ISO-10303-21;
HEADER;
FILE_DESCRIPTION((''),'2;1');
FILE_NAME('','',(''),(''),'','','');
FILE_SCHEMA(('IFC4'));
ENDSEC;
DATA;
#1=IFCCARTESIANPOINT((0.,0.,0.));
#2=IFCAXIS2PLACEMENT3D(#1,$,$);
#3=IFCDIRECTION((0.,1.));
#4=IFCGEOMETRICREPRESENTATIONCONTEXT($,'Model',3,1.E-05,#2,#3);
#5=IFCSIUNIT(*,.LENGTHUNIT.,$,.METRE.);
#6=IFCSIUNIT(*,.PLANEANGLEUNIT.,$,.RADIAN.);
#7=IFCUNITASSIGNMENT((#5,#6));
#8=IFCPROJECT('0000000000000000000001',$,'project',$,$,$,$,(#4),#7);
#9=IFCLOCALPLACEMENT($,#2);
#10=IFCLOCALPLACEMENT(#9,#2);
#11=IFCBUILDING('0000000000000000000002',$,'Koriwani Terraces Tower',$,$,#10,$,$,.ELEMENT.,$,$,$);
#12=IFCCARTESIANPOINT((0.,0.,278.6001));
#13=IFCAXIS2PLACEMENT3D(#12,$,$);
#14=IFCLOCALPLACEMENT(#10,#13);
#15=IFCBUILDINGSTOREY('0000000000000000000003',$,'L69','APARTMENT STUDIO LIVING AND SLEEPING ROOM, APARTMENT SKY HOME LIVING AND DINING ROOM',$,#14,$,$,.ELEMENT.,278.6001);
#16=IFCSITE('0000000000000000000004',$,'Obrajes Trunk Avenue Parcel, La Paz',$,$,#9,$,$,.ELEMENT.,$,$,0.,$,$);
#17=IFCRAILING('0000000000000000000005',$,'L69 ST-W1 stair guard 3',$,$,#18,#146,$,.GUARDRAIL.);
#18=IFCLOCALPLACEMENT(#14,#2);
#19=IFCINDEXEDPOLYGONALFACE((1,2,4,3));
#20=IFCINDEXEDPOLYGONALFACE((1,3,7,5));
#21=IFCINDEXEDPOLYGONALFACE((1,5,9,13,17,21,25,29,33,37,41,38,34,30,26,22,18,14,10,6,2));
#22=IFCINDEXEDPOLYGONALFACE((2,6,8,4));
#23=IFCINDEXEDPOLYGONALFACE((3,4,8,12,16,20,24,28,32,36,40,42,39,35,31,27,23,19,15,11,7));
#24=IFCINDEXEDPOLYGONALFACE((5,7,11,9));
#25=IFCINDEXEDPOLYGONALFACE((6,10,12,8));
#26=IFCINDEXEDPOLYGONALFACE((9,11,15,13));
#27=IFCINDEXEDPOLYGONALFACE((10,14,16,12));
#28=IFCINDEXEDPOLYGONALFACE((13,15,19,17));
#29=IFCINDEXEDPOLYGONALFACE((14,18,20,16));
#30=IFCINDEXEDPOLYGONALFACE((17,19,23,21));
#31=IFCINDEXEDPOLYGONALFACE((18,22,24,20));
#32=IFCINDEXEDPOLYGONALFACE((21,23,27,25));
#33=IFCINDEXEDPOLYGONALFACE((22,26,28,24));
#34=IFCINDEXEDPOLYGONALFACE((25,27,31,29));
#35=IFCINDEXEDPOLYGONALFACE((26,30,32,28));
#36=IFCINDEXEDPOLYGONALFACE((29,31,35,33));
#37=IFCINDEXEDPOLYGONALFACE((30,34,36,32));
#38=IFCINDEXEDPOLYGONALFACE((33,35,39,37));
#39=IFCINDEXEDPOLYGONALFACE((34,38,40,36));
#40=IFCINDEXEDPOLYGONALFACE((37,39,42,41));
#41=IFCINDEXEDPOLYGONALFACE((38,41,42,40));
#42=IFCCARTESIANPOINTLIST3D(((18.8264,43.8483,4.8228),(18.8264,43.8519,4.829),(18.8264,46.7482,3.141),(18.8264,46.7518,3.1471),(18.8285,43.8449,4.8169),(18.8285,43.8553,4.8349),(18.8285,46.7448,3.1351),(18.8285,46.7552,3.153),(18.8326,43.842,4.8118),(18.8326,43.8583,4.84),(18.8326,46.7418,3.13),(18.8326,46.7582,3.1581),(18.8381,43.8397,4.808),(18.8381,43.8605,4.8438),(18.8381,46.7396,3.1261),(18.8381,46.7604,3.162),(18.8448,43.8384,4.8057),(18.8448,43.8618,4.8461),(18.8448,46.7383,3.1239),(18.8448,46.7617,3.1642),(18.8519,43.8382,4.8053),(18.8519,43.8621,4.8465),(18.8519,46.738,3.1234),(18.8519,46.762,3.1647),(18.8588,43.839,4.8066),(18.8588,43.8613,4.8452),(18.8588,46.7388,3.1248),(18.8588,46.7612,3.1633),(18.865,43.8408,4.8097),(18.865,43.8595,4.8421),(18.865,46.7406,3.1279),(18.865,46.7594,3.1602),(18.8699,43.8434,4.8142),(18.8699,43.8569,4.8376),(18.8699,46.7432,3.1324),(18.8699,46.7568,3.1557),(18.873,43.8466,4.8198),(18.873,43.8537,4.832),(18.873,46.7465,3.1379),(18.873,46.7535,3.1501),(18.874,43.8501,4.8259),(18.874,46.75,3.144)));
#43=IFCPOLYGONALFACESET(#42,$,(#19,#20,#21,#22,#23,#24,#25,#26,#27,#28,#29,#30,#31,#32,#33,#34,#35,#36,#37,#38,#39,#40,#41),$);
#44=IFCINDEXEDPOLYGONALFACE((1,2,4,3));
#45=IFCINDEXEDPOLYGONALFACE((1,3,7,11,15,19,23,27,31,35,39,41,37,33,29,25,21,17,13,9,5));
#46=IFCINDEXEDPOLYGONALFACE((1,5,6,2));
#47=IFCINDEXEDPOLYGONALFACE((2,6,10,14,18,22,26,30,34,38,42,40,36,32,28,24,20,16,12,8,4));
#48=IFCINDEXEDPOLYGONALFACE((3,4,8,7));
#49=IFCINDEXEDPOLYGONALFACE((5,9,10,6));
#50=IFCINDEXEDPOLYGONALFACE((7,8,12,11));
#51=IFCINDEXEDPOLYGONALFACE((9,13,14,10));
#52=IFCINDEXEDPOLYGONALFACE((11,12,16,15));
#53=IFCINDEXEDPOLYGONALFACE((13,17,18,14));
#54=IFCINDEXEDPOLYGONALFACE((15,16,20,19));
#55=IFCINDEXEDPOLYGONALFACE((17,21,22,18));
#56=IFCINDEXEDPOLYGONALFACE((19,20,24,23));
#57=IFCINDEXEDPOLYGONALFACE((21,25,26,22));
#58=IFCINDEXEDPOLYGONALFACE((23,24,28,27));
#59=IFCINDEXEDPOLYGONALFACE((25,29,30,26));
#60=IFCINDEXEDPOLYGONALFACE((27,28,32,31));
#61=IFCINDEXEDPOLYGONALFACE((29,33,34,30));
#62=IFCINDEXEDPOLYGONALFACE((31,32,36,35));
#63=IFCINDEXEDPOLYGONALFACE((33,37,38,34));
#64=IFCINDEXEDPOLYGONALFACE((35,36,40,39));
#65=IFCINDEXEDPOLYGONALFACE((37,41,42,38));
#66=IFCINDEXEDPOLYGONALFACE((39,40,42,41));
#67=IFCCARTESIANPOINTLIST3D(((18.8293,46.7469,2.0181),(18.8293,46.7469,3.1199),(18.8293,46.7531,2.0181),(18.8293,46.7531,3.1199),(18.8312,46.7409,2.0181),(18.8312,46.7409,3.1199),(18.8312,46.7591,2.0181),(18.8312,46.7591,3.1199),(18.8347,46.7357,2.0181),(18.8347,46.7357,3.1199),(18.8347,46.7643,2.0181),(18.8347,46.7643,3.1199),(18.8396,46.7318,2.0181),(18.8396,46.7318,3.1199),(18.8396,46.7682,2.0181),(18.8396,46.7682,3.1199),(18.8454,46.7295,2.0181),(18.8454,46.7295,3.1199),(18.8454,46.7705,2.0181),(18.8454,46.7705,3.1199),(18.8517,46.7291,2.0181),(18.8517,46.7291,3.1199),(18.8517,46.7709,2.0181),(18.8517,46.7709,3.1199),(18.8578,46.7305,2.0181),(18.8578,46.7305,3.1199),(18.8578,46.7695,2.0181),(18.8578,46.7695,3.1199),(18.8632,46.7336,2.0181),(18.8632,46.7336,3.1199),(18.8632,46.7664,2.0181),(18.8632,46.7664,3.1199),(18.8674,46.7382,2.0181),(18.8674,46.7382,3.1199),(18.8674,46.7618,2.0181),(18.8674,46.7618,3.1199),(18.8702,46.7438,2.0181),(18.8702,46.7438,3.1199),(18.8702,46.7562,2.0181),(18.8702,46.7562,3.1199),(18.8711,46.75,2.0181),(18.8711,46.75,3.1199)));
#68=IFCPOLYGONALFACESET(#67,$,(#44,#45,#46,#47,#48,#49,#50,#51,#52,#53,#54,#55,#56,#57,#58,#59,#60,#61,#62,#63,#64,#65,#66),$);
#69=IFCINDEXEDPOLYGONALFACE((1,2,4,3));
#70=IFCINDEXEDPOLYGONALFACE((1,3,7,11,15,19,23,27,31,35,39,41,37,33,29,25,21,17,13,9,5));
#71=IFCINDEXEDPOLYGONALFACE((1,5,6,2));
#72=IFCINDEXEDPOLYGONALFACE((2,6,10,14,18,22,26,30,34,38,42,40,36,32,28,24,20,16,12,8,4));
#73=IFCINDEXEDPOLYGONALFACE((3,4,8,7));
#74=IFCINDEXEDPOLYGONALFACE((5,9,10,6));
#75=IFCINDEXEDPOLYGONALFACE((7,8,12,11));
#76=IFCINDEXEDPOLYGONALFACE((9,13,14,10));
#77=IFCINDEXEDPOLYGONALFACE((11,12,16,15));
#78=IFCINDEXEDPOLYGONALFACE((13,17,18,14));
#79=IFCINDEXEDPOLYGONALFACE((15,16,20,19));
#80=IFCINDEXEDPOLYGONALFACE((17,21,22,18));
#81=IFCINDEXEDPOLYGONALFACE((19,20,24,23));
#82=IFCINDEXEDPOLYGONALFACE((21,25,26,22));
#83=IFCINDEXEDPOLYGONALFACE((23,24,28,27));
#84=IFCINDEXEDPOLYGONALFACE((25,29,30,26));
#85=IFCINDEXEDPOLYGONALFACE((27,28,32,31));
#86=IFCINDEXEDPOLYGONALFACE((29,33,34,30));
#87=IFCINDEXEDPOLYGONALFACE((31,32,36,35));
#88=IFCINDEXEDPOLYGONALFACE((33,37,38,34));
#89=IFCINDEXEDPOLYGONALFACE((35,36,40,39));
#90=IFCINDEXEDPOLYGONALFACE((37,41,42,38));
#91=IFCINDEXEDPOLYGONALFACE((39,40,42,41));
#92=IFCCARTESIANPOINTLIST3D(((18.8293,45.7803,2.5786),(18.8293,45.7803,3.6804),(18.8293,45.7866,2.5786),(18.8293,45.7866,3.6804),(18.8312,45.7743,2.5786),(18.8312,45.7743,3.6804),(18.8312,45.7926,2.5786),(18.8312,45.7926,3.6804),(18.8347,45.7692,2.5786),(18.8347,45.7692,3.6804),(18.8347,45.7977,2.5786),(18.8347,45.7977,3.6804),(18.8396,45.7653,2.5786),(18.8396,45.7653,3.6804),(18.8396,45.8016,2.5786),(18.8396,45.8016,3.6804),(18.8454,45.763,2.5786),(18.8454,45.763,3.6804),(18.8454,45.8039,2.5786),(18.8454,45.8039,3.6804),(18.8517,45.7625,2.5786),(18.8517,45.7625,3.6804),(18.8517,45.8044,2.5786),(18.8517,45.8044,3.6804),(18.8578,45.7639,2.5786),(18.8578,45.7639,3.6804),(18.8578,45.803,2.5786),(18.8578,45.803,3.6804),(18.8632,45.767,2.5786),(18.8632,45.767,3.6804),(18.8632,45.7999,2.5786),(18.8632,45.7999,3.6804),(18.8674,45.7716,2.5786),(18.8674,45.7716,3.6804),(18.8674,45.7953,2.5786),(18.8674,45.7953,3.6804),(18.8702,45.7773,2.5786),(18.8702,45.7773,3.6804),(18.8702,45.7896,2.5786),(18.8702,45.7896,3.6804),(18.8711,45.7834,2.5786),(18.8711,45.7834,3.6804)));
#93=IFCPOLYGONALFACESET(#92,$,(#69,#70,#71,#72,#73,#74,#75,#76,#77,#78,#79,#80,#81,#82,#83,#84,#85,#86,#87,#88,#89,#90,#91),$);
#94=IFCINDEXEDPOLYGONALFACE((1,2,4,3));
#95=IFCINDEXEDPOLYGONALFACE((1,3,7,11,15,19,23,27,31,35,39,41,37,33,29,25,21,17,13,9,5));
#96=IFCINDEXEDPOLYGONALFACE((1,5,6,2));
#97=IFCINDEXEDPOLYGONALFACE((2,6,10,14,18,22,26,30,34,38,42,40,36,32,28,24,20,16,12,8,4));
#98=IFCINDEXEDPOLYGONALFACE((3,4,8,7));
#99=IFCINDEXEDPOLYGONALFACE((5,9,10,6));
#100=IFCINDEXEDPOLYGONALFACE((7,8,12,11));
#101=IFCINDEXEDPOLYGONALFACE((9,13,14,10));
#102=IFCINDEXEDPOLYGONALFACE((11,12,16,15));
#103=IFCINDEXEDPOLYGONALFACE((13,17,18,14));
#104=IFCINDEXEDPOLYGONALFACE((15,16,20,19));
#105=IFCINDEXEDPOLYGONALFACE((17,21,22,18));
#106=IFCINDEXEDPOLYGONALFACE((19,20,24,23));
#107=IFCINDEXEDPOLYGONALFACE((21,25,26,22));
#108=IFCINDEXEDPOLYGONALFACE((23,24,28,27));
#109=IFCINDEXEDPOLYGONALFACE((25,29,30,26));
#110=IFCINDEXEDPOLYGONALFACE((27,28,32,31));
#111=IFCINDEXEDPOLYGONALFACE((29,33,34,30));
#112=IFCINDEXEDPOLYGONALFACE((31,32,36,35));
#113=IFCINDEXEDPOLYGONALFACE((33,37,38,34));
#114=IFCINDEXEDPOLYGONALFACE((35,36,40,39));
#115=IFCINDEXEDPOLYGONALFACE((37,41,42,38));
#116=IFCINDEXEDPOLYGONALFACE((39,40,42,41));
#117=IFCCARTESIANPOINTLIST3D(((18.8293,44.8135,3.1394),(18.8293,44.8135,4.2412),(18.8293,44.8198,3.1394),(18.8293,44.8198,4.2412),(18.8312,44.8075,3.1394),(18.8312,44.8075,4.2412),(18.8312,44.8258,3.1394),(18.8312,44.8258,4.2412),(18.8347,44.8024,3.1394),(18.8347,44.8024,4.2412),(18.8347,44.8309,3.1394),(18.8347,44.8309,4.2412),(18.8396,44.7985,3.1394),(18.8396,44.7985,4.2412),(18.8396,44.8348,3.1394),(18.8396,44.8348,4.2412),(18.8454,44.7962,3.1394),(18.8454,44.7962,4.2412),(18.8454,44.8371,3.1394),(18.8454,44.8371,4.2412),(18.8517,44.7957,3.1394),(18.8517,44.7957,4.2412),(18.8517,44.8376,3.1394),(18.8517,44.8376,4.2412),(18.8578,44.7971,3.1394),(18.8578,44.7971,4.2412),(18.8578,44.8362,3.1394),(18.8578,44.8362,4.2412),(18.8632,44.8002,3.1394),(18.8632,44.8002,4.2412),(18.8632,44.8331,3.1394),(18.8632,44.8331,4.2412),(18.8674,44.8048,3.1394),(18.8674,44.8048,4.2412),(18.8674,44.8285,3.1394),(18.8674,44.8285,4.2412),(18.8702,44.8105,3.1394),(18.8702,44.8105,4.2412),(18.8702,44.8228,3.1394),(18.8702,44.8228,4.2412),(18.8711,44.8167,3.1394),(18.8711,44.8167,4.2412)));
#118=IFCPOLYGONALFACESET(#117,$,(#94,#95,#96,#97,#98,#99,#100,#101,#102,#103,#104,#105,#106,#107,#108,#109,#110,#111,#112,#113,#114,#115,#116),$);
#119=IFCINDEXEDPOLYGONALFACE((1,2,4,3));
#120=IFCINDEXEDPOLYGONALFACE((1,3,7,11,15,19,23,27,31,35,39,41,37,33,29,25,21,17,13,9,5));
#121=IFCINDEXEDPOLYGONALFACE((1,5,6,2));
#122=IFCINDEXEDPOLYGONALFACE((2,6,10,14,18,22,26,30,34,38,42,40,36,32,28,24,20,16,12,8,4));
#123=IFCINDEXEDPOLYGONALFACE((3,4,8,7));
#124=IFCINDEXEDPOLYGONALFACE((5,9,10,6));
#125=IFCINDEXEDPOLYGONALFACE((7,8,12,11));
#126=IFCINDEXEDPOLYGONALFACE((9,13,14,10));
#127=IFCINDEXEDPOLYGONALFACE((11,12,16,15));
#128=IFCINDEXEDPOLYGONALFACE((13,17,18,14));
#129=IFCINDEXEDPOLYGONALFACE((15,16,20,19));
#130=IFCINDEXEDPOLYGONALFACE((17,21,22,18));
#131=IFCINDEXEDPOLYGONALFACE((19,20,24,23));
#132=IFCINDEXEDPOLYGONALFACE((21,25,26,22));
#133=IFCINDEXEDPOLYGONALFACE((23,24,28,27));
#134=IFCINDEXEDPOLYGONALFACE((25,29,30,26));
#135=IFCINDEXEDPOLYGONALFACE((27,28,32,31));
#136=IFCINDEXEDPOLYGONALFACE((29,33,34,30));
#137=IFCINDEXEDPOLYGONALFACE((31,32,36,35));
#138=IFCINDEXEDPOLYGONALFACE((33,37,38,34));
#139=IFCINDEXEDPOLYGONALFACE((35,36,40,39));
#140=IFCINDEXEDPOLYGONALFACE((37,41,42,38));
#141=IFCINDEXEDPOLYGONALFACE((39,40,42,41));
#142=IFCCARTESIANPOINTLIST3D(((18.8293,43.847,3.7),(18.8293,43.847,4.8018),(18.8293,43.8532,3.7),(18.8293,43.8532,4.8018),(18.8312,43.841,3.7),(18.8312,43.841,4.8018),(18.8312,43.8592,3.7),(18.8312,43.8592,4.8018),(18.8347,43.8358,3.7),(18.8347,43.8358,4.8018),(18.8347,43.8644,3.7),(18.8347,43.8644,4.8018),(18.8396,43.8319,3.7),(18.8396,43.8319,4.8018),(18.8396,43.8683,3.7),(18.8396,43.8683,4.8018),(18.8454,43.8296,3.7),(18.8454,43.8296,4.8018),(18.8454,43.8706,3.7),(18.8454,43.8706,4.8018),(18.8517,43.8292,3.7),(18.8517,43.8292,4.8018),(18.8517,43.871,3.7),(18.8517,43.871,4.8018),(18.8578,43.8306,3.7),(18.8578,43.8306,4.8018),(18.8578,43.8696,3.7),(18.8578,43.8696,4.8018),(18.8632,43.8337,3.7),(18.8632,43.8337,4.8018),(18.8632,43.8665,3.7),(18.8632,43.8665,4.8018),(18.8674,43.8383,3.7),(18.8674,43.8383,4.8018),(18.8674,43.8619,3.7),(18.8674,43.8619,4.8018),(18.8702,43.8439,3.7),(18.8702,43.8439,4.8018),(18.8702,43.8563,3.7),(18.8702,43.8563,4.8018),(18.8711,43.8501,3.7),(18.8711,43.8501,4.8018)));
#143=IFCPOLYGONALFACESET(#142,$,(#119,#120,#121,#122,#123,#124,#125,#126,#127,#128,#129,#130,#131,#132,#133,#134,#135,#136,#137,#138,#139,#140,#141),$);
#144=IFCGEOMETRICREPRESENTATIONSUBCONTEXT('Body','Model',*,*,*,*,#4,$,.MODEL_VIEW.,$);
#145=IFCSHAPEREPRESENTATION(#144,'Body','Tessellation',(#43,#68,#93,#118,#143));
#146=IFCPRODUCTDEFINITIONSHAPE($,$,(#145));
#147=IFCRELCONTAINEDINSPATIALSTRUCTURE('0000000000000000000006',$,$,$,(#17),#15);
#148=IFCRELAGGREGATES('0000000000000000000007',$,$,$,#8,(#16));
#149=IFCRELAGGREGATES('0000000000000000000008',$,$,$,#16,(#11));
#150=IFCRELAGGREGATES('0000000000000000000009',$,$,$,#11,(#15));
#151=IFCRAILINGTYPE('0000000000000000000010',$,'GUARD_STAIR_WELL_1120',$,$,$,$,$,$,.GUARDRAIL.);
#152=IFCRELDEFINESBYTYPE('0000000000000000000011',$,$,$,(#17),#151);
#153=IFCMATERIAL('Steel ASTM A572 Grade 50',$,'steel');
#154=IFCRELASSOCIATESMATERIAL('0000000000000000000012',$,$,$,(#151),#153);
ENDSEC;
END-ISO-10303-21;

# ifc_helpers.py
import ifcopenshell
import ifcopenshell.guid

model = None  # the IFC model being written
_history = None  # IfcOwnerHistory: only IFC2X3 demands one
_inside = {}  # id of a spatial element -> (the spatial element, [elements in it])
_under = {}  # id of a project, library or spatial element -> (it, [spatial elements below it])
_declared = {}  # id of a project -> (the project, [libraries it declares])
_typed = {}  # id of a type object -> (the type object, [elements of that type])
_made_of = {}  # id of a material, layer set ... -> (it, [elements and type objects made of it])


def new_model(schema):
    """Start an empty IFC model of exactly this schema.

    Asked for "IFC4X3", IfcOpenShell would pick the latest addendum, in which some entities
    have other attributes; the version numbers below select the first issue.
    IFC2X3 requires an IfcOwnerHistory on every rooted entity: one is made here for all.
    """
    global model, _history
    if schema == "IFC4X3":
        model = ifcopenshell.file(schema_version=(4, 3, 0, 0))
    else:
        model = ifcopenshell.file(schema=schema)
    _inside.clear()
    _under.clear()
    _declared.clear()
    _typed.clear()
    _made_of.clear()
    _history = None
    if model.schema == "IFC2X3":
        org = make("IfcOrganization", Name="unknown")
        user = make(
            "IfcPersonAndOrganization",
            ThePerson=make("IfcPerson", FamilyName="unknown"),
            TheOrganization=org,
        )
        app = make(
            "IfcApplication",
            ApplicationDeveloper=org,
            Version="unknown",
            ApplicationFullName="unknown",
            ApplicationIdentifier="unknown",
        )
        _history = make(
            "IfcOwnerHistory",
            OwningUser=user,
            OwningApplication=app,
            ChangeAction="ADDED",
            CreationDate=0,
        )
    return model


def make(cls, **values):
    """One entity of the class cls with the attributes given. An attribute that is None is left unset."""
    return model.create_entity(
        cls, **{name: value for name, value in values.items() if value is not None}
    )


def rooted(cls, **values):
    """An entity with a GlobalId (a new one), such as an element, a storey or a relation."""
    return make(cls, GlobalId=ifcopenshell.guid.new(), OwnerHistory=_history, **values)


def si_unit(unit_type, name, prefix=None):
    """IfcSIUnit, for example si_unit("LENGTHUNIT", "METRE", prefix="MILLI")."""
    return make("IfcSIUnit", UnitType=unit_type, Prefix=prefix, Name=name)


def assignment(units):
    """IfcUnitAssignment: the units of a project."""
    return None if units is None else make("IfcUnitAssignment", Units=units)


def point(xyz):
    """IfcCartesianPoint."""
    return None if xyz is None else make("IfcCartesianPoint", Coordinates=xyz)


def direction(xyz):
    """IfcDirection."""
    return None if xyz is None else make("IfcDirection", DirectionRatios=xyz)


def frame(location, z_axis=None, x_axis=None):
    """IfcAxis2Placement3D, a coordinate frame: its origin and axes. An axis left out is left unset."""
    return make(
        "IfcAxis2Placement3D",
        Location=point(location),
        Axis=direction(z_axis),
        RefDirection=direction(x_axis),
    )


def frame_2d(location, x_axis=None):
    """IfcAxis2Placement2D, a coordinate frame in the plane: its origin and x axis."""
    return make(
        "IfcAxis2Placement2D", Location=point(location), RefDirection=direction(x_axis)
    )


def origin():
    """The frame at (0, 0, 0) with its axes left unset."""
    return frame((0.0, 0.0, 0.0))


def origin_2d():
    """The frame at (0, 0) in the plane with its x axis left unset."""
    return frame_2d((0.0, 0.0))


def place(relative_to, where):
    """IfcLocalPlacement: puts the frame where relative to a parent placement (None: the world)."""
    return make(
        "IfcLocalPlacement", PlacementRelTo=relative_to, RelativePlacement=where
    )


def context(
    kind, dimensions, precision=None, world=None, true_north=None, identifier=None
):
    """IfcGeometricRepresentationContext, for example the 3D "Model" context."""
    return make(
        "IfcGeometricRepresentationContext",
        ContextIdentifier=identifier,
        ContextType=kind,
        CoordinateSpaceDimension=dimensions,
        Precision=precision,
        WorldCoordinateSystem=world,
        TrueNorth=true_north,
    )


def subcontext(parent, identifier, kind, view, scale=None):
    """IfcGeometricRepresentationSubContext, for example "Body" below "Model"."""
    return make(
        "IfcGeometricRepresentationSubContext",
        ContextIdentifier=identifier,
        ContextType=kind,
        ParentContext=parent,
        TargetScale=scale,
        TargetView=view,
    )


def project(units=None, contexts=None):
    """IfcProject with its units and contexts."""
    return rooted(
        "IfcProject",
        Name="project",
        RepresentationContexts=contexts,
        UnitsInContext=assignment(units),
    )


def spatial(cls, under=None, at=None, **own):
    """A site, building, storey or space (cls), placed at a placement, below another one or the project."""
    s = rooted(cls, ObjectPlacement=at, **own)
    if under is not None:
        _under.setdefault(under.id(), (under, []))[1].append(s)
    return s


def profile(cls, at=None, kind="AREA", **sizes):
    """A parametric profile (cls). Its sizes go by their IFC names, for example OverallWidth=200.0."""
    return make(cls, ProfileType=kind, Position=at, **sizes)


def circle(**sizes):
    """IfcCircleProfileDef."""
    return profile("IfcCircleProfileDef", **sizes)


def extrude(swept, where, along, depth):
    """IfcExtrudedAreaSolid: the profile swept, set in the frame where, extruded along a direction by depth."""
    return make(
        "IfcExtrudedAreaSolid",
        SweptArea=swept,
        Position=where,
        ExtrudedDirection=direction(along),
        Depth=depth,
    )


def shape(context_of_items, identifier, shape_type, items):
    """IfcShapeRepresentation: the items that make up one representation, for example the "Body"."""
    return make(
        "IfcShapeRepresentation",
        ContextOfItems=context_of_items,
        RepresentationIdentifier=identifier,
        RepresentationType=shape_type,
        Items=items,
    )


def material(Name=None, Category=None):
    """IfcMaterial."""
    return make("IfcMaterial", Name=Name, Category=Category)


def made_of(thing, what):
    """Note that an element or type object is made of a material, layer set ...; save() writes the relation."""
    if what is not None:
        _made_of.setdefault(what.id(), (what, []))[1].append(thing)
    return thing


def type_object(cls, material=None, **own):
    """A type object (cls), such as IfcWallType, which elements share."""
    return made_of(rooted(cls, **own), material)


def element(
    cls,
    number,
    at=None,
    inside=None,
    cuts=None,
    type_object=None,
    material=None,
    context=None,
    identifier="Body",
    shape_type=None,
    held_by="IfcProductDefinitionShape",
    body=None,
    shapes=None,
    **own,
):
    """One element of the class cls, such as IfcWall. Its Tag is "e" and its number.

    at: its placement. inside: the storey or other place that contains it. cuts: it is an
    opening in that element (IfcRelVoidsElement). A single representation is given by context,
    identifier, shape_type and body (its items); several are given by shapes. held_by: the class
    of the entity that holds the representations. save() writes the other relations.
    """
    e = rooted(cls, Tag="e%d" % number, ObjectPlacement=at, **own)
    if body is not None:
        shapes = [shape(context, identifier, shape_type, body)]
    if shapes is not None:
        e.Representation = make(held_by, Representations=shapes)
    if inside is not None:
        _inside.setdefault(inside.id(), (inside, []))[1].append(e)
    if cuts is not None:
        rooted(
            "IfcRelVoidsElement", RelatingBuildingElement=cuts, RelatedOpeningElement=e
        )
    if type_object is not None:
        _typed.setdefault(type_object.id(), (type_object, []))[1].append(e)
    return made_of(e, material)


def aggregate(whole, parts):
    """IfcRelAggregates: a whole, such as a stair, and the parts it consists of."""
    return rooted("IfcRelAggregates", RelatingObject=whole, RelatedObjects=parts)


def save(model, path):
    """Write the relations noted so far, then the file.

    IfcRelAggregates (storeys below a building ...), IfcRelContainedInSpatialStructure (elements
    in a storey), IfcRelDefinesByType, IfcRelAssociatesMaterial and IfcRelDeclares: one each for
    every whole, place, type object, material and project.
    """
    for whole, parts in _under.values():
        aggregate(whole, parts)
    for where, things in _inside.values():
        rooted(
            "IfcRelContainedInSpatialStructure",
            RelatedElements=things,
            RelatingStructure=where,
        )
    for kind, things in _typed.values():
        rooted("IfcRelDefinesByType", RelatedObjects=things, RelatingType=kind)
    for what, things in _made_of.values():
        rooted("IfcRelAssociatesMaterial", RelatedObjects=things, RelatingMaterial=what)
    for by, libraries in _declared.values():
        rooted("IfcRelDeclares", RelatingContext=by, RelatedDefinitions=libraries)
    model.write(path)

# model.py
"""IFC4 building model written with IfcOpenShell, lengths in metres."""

from ifc_helpers import new_model, si_unit, direction, frame, origin, origin_2d, place, context, subcontext, project, spatial, circle, extrude, material, type_object, element, save


model = new_model("IFC4")

# Units and contexts
model_context = context("Model", 3, precision=1e-05, world=origin(), true_north=direction((0.0, 1.0)))
body_context = subcontext(model_context, "Body", "Model", "MODEL_VIEW")
ifc_project = project(units=[si_unit("LENGTHUNIT", "METRE"), si_unit("PLANEANGLEUNIT", "RADIAN")], contexts=[model_context])

# Site, building, storey
site_placement = place(None, origin())
site = spatial("IfcSite", under=ifc_project, at=site_placement, Name="Obrajes Trunk Avenue Parcel, La Paz", CompositionType="ELEMENT", RefElevation=0.0)
building_placement = place(site_placement, origin())
building = spatial("IfcBuilding", under=site, at=building_placement, Name="Koriwani Terraces Tower", CompositionType="ELEMENT")
storey_placement = place(building_placement, frame((0.0, 0.0, 278.6001)))
storey = spatial("IfcBuildingStorey", under=building, at=storey_placement, Name="L69", Description="APARTMENT STUDIO LIVING AND SLEEPING ROOM, APARTMENT SKY HOME LIVING AND DINING ROOM", CompositionType="ELEMENT", Elevation=278.6001)

# Shared definitions
ifc_material_1 = material(Name="Steel ASTM A572 Grade 50", Category="steel")

# Railing
railing_type_1 = type_object("IfcRailingType", Name="GUARD_STAIR_WELL_1120", PredefinedType="GUARDRAIL", material=ifc_material_1)
railing_1_placement = place(storey_placement, frame((18.8501, 46.75, 2.0181)))
element("IfcRailing", 1, at=railing_1_placement, inside=storey, type_object=railing_type_1, Name="L69 ST-W1 stair guard 3", PredefinedType="GUARDRAIL", context=body_context, shape_type="SweptSolid", body=[
    extrude(circle(Radius=0.0239, at=origin_2d()), frame((0.0, 0.0, 1.126), z_axis=(0.0, -0.865039, 0.501705), x_axis=(1.0, 0.0, 0.0)), (0.0, 0.0, 1.0), 3.3523),
    extrude(circle(Radius=0.021, at=origin_2d()), origin(), (0.0, 0.0, 1.0), 1.1018),
    extrude(circle(Radius=0.021, at=origin_2d()), frame((0.0, -0.9666, 0.5605)), (0.0, 0.0, 1.0), 1.1018),
    extrude(circle(Radius=0.021, at=origin_2d()), frame((0.0, -1.9333, 1.1213)), (0.0, 0.0, 1.0), 1.1018),
    extrude(circle(Radius=0.021, at=origin_2d()), frame((0.0, -2.8999, 1.6819)), (0.0, 0.0, 1.0), 1.1018),
])

save(model, "model.ifc")
